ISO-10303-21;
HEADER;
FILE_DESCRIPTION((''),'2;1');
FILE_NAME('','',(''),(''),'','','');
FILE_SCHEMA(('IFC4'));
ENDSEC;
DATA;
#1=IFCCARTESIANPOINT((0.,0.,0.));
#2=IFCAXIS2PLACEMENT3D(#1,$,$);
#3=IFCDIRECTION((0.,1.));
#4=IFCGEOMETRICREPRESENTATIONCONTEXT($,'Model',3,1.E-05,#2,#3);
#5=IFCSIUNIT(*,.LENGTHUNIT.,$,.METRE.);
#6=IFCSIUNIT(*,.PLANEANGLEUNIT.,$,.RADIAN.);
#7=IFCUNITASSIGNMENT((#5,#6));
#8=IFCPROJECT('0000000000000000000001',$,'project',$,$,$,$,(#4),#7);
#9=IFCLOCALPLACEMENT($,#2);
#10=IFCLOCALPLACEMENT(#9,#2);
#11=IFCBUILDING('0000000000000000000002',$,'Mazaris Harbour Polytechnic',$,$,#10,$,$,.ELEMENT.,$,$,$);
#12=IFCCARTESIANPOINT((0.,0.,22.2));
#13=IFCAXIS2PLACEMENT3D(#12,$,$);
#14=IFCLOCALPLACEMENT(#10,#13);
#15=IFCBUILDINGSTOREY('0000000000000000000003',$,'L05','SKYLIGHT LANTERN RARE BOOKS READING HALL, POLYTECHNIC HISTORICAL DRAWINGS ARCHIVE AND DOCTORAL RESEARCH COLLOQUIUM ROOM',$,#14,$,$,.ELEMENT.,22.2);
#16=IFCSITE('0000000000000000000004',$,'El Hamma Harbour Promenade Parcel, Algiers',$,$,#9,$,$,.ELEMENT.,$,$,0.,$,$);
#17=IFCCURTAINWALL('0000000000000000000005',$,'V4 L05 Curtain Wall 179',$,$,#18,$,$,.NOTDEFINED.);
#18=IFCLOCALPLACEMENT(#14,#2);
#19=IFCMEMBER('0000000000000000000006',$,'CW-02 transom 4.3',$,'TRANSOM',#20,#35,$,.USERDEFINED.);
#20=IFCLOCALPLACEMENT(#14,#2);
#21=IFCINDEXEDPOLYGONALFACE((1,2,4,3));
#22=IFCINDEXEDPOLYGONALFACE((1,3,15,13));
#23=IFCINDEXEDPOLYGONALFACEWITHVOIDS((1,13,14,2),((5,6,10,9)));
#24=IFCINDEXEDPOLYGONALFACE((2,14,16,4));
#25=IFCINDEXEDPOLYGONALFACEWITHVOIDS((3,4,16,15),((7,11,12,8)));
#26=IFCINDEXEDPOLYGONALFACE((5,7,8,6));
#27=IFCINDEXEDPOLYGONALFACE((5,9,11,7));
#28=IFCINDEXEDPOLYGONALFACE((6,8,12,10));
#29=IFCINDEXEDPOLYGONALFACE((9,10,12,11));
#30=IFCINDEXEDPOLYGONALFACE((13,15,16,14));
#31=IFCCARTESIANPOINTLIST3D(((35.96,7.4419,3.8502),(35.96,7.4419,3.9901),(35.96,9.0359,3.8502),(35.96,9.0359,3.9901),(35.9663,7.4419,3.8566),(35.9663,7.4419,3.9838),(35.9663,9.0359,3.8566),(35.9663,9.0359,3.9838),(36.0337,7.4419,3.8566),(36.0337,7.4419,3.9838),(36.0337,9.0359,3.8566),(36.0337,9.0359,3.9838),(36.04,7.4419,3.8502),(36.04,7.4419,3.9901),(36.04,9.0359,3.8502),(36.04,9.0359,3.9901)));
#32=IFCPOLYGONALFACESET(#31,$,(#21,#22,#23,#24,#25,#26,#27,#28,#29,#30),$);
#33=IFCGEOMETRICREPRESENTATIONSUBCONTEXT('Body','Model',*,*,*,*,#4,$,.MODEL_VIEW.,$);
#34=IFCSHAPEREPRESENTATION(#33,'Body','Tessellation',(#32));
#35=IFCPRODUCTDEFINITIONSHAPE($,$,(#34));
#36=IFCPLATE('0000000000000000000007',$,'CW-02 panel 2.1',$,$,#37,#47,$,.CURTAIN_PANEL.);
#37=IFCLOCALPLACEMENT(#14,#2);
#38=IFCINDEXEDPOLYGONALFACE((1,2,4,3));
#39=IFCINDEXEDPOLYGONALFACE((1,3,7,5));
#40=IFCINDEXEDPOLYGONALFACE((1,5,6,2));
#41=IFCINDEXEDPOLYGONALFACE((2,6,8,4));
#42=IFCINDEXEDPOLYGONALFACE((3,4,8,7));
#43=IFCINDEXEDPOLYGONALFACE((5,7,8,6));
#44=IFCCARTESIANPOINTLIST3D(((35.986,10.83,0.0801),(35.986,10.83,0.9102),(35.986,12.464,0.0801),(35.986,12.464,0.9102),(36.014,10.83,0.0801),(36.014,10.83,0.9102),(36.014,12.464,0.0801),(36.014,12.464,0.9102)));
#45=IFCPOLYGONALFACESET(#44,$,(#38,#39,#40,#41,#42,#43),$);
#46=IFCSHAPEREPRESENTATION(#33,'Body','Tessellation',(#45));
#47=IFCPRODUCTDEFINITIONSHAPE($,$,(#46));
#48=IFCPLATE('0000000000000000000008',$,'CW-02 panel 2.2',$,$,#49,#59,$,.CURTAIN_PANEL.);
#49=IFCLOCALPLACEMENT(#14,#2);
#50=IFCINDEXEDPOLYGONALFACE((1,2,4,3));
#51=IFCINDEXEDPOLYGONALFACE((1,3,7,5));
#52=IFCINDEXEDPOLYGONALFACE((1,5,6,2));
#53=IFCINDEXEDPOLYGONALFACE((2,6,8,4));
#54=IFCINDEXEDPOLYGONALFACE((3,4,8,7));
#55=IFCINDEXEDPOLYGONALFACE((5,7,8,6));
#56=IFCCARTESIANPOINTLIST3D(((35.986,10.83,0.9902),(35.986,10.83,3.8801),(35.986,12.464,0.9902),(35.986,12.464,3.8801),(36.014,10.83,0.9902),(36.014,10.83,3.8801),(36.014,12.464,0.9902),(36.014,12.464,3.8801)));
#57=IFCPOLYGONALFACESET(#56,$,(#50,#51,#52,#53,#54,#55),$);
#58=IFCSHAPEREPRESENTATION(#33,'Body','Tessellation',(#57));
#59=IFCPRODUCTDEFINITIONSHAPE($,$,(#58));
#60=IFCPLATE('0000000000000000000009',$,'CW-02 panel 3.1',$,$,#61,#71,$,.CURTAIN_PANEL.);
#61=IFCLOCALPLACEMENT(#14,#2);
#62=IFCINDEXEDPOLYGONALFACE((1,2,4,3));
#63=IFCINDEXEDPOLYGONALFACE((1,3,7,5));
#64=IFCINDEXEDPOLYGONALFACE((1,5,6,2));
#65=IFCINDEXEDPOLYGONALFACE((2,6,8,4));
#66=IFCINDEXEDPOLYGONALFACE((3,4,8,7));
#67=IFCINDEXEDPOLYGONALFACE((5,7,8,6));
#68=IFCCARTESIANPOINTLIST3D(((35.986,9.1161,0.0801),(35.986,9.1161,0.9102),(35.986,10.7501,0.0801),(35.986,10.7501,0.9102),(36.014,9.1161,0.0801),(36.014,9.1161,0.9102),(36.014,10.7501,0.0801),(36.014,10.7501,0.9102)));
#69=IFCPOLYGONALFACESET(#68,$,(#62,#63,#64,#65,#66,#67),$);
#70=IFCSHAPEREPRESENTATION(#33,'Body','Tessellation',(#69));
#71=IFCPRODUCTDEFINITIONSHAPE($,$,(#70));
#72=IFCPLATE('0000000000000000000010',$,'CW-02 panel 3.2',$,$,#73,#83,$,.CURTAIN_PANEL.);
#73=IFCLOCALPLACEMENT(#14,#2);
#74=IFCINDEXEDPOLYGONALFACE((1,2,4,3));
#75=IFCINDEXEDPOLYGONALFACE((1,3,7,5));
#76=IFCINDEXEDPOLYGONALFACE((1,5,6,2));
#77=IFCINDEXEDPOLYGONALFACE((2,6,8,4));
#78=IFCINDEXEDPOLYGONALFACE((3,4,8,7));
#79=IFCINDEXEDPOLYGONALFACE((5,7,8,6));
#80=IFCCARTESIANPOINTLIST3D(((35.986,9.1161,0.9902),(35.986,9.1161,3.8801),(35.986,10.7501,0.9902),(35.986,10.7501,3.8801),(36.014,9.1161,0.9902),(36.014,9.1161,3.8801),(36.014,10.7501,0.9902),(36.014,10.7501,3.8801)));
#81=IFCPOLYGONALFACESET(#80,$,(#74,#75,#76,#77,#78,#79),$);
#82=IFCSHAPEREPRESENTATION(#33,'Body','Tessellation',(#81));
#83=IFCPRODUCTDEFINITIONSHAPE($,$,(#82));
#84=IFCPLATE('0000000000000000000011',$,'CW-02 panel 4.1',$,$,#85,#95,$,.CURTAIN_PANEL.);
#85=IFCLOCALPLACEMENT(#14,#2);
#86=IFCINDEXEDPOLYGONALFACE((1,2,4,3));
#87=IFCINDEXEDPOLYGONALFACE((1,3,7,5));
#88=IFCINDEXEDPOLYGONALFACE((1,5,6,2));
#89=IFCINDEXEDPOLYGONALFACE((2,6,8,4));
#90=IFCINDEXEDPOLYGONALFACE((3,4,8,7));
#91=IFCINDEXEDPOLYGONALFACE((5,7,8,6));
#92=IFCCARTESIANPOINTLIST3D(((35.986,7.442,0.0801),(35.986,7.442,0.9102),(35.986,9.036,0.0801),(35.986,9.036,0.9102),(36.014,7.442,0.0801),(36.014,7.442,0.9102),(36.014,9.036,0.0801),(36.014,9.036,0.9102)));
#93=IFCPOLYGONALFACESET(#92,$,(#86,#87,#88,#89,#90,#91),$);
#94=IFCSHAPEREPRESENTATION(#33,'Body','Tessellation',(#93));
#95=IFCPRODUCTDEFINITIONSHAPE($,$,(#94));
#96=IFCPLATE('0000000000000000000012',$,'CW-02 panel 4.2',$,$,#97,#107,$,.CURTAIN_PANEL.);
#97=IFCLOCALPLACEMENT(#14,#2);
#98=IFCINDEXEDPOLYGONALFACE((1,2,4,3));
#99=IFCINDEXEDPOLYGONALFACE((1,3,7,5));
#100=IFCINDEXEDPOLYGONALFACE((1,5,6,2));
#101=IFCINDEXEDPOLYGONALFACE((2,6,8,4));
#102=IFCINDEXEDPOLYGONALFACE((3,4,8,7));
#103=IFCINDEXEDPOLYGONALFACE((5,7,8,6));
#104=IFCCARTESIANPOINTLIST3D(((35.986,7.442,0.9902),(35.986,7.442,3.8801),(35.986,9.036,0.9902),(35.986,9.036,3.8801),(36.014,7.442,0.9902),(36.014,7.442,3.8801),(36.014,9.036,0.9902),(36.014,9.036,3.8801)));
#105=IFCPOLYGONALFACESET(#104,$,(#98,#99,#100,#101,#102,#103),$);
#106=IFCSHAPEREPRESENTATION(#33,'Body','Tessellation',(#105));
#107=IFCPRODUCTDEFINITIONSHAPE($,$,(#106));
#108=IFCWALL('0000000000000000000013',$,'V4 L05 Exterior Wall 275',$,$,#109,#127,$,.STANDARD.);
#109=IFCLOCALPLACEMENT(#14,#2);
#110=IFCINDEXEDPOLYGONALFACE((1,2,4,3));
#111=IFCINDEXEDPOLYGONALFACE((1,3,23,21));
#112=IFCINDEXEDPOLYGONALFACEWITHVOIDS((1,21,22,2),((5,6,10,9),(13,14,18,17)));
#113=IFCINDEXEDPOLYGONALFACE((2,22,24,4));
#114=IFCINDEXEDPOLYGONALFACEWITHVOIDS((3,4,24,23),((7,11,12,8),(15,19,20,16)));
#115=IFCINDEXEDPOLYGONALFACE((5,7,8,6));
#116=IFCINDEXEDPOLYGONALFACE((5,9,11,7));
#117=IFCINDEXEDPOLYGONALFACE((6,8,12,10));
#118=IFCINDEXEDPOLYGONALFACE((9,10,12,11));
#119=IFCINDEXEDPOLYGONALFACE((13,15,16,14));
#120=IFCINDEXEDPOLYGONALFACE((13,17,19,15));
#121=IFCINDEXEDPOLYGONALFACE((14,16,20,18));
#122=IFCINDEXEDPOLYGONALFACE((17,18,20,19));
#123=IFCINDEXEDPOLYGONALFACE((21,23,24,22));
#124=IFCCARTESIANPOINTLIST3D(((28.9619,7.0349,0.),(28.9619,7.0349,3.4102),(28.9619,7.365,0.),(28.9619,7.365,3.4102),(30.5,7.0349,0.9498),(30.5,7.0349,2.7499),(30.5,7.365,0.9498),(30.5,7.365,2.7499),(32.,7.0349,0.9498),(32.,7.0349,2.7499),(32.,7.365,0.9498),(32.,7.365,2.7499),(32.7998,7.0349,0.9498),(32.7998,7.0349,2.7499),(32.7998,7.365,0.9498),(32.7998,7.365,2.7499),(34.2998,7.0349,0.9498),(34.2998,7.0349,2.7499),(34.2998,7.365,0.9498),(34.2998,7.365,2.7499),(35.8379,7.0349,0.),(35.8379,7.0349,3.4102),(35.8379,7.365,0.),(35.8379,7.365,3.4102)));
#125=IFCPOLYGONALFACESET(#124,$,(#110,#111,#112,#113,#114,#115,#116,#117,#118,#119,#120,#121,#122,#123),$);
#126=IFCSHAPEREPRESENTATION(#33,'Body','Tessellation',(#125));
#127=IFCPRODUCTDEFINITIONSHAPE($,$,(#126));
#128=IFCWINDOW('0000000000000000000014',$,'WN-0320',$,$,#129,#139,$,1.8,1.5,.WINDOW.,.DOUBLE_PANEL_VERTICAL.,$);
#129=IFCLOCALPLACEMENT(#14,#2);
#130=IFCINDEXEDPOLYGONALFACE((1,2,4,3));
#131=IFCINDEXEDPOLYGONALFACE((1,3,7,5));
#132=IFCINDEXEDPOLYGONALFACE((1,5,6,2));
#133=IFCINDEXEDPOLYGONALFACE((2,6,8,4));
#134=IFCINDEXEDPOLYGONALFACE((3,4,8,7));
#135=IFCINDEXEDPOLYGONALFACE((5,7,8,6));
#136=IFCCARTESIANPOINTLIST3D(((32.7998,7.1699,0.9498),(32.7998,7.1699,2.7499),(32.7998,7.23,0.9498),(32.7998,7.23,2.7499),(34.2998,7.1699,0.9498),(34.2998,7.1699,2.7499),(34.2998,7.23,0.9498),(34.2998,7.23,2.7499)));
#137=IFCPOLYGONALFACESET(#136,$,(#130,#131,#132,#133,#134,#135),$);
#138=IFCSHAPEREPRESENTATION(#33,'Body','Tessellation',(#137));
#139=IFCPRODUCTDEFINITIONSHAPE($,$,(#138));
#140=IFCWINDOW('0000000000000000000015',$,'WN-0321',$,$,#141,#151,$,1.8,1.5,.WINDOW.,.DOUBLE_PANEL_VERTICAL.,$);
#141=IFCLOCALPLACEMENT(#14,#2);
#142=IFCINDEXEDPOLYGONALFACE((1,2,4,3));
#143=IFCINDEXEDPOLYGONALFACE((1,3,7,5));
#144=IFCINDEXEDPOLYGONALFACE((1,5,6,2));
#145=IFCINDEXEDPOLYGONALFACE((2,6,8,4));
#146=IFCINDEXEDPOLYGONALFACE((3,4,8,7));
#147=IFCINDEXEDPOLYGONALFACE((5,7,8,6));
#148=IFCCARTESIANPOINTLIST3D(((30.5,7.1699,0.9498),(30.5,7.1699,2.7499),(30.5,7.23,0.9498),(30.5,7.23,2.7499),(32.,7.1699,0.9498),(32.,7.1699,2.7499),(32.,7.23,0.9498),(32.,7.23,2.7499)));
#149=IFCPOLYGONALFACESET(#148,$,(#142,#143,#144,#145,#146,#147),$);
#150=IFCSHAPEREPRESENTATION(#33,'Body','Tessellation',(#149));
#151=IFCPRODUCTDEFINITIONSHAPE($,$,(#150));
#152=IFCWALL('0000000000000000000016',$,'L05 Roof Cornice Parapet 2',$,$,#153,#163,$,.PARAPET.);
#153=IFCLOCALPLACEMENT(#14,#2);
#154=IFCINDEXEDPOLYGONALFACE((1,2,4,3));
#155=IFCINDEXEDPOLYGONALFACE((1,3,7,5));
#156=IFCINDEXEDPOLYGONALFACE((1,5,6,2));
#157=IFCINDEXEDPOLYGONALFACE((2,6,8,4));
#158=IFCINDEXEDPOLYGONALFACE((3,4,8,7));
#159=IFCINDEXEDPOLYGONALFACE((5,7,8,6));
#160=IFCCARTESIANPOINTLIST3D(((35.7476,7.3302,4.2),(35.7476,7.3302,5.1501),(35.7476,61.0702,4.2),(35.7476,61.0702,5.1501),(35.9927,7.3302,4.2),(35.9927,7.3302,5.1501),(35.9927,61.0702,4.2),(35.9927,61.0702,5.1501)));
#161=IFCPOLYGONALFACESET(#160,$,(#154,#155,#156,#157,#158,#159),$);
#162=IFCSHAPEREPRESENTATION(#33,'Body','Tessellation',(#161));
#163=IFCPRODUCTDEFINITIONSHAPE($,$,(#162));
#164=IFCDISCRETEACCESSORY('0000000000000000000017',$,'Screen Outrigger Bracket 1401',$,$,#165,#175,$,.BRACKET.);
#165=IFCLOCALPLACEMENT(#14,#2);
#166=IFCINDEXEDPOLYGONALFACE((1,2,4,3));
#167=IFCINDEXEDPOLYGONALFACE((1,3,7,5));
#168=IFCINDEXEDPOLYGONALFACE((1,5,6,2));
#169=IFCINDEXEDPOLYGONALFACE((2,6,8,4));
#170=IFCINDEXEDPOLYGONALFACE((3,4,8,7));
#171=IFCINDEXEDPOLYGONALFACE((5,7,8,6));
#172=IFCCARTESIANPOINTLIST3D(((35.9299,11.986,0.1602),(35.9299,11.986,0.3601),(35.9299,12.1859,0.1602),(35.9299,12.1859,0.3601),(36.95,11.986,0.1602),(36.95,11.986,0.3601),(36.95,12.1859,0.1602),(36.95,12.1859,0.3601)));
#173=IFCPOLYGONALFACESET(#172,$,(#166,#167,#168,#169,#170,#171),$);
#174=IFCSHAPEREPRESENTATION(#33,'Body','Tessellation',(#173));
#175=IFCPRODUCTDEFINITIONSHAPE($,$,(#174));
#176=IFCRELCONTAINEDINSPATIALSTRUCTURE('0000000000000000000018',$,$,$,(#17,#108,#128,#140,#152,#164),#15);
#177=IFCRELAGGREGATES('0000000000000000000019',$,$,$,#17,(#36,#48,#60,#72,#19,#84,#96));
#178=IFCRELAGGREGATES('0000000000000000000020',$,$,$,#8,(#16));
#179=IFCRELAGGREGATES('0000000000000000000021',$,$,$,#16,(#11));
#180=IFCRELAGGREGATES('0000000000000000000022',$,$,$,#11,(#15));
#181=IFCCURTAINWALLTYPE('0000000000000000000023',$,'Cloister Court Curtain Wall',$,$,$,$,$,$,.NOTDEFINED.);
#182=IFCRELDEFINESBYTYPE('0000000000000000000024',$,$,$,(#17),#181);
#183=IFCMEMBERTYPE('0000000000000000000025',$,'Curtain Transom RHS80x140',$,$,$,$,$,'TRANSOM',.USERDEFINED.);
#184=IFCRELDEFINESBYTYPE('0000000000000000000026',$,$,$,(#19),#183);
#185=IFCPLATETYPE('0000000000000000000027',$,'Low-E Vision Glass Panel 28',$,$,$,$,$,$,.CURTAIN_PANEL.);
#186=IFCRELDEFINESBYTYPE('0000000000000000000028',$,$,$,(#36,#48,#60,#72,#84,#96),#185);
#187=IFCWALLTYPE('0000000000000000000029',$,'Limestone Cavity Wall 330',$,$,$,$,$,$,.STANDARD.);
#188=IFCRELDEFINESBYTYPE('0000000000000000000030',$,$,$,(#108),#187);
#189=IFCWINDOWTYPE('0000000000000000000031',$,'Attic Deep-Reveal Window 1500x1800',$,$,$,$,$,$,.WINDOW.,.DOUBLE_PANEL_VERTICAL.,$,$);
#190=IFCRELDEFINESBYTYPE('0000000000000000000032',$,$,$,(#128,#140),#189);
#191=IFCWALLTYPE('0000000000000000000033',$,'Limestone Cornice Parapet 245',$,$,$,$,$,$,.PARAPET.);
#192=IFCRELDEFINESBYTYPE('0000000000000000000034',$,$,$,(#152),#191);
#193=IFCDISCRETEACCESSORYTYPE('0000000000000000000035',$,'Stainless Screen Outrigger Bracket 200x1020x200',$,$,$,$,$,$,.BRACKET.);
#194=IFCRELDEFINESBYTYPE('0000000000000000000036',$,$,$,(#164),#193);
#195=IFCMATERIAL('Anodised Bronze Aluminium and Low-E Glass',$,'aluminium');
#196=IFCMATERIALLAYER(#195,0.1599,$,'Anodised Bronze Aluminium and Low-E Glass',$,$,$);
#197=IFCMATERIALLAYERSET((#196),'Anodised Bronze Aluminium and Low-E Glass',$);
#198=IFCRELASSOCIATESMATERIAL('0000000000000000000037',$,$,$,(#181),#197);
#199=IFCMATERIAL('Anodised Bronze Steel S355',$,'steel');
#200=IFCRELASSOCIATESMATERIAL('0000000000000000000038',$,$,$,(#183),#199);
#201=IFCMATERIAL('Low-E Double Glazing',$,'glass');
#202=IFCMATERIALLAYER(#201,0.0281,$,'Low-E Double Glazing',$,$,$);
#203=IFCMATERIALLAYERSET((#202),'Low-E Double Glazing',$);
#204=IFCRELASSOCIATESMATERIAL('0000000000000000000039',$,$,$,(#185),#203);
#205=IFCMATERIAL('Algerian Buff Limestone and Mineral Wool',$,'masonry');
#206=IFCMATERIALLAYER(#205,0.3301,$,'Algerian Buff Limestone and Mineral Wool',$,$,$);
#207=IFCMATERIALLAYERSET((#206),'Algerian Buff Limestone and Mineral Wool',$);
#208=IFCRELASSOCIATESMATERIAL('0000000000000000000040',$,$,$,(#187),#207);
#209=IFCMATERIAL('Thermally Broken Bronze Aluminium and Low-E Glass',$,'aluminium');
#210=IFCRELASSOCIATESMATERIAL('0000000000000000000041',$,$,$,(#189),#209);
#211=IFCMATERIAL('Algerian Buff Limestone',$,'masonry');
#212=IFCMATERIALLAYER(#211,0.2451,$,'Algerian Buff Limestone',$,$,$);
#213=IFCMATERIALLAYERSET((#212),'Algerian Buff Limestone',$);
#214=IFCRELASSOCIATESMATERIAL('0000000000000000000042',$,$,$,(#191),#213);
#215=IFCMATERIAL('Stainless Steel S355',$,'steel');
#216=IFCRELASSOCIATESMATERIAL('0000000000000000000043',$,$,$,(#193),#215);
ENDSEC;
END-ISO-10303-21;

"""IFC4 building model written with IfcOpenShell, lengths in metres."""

from ifc_helpers import new_model, si_unit, direction, frame, frame_2d, origin, origin_2d, place, context, subcontext, project, spatial, rectangle, hollow_rectangle, extrude, material, layer, layer_set, material_profile, profile_set, type_object, element, fill, aggregate, save


model = new_model("IFC4")

# Units and contexts
model_context = context("Model", 3, precision=1e-05, world=origin(), true_north=direction((0.0, 1.0)))
body_context = subcontext(model_context, "Body", "Model", "MODEL_VIEW")
ifc_project = project(units=[si_unit("LENGTHUNIT", "METRE"), si_unit("PLANEANGLEUNIT", "RADIAN")], contexts=[model_context])

# Site, building, storey
site_placement = place(None, origin())
site = spatial("IfcSite", under=ifc_project, at=site_placement, Name="El Hamma Harbour Promenade Parcel, Algiers", CompositionType="ELEMENT", RefElevation=0.0)
building_placement = place(site_placement, origin())
building = spatial("IfcBuilding", under=site, at=building_placement, Name="Mazaris Harbour Polytechnic", CompositionType="ELEMENT")
storey_placement = place(building_placement, frame((0.0, 0.0, 22.2)))
storey = spatial("IfcBuildingStorey", under=building, at=storey_placement, Name="L05", Description="SKYLIGHT LANTERN RARE BOOKS READING HALL, POLYTECHNIC HISTORICAL DRAWINGS ARCHIVE AND DOCTORAL RESEARCH COLLOQUIUM ROOM", CompositionType="ELEMENT", Elevation=22.2)

# Curtain wall, member, plates
ifc_material_1 = material(Name="Anodised Bronze Aluminium and Low-E Glass", Category="aluminium")
ifc_layer_1 = layer(ifc_material_1, 0.1599, Name="Anodised Bronze Aluminium and Low-E Glass")
ifc_layer_set_1 = layer_set([ifc_layer_1], Name="Anodised Bronze Aluminium and Low-E Glass")
curtain_wall_type = type_object("IfcCurtainWallType", Name="Cloister Court Curtain Wall", PredefinedType="NOTDEFINED", material=ifc_layer_set_1)
curtain_wall_placement = place(storey_placement, origin())
curtain_wall = element("IfcCurtainWall", 1, at=curtain_wall_placement, inside=storey, type_object=curtain_wall_type, Name="V4 L05 Curtain Wall 179", PredefinedType="NOTDEFINED")
ifc_material_2 = material(Name="Anodised Bronze Steel S355", Category="steel")
ifc_material_profile_1 = material_profile(ifc_material_2, hollow_rectangle(XDim=0.0801, YDim=0.1399, WallThickness=0.0063, at=origin_2d()), Name="RHS 80x140x6.3")
ifc_profile_set_1 = profile_set([ifc_material_profile_1], Name="Anodised Bronze Steel S355")
member_type_1 = type_object("IfcMemberType", Name="Curtain Transom RHS80x140", ElementType="TRANSOM", PredefinedType="USERDEFINED", material=ifc_profile_set_1)
member_1_placement = place(storey_placement, frame((36.0, 9.0359, 3.9202), z_axis=(0.0, -1.0, 0.0), x_axis=(1.0, 0.0, 0.0)))
member_1 = element("IfcMember", 2, at=member_1_placement, type_object=member_type_1, Name="CW-02 transom 4.3", ObjectType="TRANSOM", PredefinedType="USERDEFINED", context=body_context, shape_type="SweptSolid", body=[
    extrude(hollow_rectangle(XDim=0.0801, YDim=0.1399, WallThickness=0.0063, at=origin_2d()), origin(), (0.0, 0.0, 1.0), 1.594),
])
ifc_material_3 = material(Name="Low-E Double Glazing", Category="glass")
ifc_layer_2 = layer(ifc_material_3, 0.0281, Name="Low-E Double Glazing")
ifc_layer_set_2 = layer_set([ifc_layer_2], Name="Low-E Double Glazing")
plate_type = type_object("IfcPlateType", Name="Low-E Vision Glass Panel 28", PredefinedType="CURTAIN_PANEL", material=ifc_layer_set_2)
plate_1_placement = place(storey_placement, frame((36.0, 11.647, 0.0801), z_axis=(0.0, 0.0, 1.0), x_axis=(0.0, -1.0, 0.0)))
plate_1 = element("IfcPlate", 3, at=plate_1_placement, type_object=plate_type, Name="CW-02 panel 2.1", PredefinedType="CURTAIN_PANEL", context=body_context, shape_type="SweptSolid", body=[
    extrude(rectangle(XDim=1.634, YDim=0.0281, at=origin_2d()), origin(), (0.0, 0.0, 1.0), 0.8301),
])
plate_2_placement = place(storey_placement, frame((36.0, 11.647, 0.9902), z_axis=(0.0, 0.0, 1.0), x_axis=(0.0, -1.0, 0.0)))
plate_2 = element("IfcPlate", 4, at=plate_2_placement, type_object=plate_type, Name="CW-02 panel 2.2", PredefinedType="CURTAIN_PANEL", context=body_context, shape_type="SweptSolid", body=[
    extrude(rectangle(XDim=1.634, YDim=0.0281, at=origin_2d()), origin(), (0.0, 0.0, 1.0), 2.8899),
])
plate_3_placement = place(storey_placement, frame((36.0, 9.9331, 0.0801), z_axis=(0.0, 0.0, 1.0), x_axis=(0.0, -1.0, 0.0)))
plate_3 = element("IfcPlate", 5, at=plate_3_placement, type_object=plate_type, Name="CW-02 panel 3.1", PredefinedType="CURTAIN_PANEL", context=body_context, shape_type="SweptSolid", body=[
    extrude(rectangle(XDim=1.634, YDim=0.0281, at=origin_2d()), origin(), (0.0, 0.0, 1.0), 0.8301),
])
plate_4_placement = place(storey_placement, frame((36.0, 9.9331, 0.9902), z_axis=(0.0, 0.0, 1.0), x_axis=(0.0, -1.0, 0.0)))
plate_4 = element("IfcPlate", 6, at=plate_4_placement, type_object=plate_type, Name="CW-02 panel 3.2", PredefinedType="CURTAIN_PANEL", context=body_context, shape_type="SweptSolid", body=[
    extrude(rectangle(XDim=1.634, YDim=0.0281, at=origin_2d()), origin(), (0.0, 0.0, 1.0), 2.8899),
])
plate_5_placement = place(storey_placement, frame((36.0, 8.239, 0.0801), z_axis=(0.0, 0.0, 1.0), x_axis=(0.0, -1.0, 0.0)))
plate_5 = element("IfcPlate", 7, at=plate_5_placement, type_object=plate_type, Name="CW-02 panel 4.1", PredefinedType="CURTAIN_PANEL", context=body_context, shape_type="SweptSolid", body=[
    extrude(rectangle(XDim=1.594, YDim=0.0281, at=origin_2d()), origin(), (0.0, 0.0, 1.0), 0.8301),
])
plate_6_placement = place(storey_placement, frame((36.0, 8.239, 0.9902), z_axis=(0.0, 0.0, 1.0), x_axis=(0.0, -1.0, 0.0)))
plate_6 = element("IfcPlate", 8, at=plate_6_placement, type_object=plate_type, Name="CW-02 panel 4.2", PredefinedType="CURTAIN_PANEL", context=body_context, shape_type="SweptSolid", body=[
    extrude(rectangle(XDim=1.594, YDim=0.0281, at=origin_2d()), origin(), (0.0, 0.0, 1.0), 2.8899),
])
aggregate(curtain_wall, [plate_1, plate_2, plate_3, plate_4, member_1, plate_5, plate_6])

# Wall, openings, windows
ifc_material_4 = material(Name="Algerian Buff Limestone and Mineral Wool", Category="masonry")
ifc_layer_3 = layer(ifc_material_4, 0.3301, Name="Algerian Buff Limestone and Mineral Wool")
ifc_layer_set_3 = layer_set([ifc_layer_3], Name="Algerian Buff Limestone and Mineral Wool")
wall_type_1 = type_object("IfcWallType", Name="Limestone Cavity Wall 330", PredefinedType="STANDARD", material=ifc_layer_set_3)
wall_1_placement = place(storey_placement, frame((35.8379, 7.2, 0.0), z_axis=(0.0, 0.0, 1.0), x_axis=(-1.0, 0.0, 0.0)))
wall_1 = element("IfcWall", 9, at=wall_1_placement, inside=storey, type_object=wall_type_1, Name="V4 L05 Exterior Wall 275", PredefinedType="STANDARD", context=body_context, shape_type="SweptSolid", body=[
    extrude(rectangle(XDim=6.876, YDim=0.3301, at=frame_2d((3.438, 0.0))), origin(), (0.0, 0.0, 1.0), 3.4102),
])
opening_1_placement = place(wall_1_placement, frame((1.5381, 0.0, 0.95)))
opening_1 = element("IfcOpeningElement", 10, at=opening_1_placement, cuts=wall_1, PredefinedType="OPENING", context=body_context, shape_type="SweptSolid", body=[
    extrude(rectangle(XDim=1.5, YDim=1.8, at=frame_2d((0.75, 0.8999))), frame((0.0, 0.175, 0.0), z_axis=(0.0, -1.0, 0.0), x_axis=(1.0, 0.0, 0.0)), (0.0, 0.0, 1.0), 0.3501),
])
opening_2_placement = place(wall_1_placement, frame((3.8379, 0.0, 0.95)))
opening_2 = element("IfcOpeningElement", 11, at=opening_2_placement, cuts=wall_1, PredefinedType="OPENING", context=body_context, shape_type="SweptSolid", body=[
    extrude(rectangle(XDim=1.5, YDim=1.8, at=frame_2d((0.75, 0.8999))), frame((0.0, 0.175, 0.0), z_axis=(0.0, -1.0, 0.0), x_axis=(1.0, 0.0, 0.0)), (0.0, 0.0, 1.0), 0.3501),
])
ifc_material_5 = material(Name="Thermally Broken Bronze Aluminium and Low-E Glass", Category="aluminium")
window_type = type_object("IfcWindowType", Name="Attic Deep-Reveal Window 1500x1800", PartitioningType="DOUBLE_PANEL_VERTICAL", PredefinedType="WINDOW", material=ifc_material_5)
window_1_placement = place(opening_1_placement, origin())
window_1 = element("IfcWindow", 12, at=window_1_placement, inside=storey, type_object=window_type, Name="WN-0320", OverallHeight=1.8, OverallWidth=1.5, PartitioningType="DOUBLE_PANEL_VERTICAL", PredefinedType="WINDOW", context=body_context, shape_type="SweptSolid", body=[
    extrude(rectangle(XDim=1.5, YDim=1.8, at=frame_2d((0.75, 0.8999))), frame((0.0, 0.03, 0.0), z_axis=(0.0, -1.0, 0.0), x_axis=(1.0, 0.0, 0.0)), (0.0, 0.0, 1.0), 0.0601),
])
fill(opening_1, window_1)
window_2_placement = place(opening_2_placement, origin())
window_2 = element("IfcWindow", 13, at=window_2_placement, inside=storey, type_object=window_type, Name="WN-0321", OverallHeight=1.8, OverallWidth=1.5, PartitioningType="DOUBLE_PANEL_VERTICAL", PredefinedType="WINDOW", context=body_context, shape_type="SweptSolid", body=[
    extrude(rectangle(XDim=1.5, YDim=1.8, at=frame_2d((0.75, 0.8999))), frame((0.0, 0.03, 0.0), z_axis=(0.0, -1.0, 0.0), x_axis=(1.0, 0.0, 0.0)), (0.0, 0.0, 1.0), 0.0601),
])
fill(opening_2, window_2)

# Wall
ifc_material_6 = material(Name="Algerian Buff Limestone", Category="masonry")
ifc_layer_4 = layer(ifc_material_6, 0.2451, Name="Algerian Buff Limestone")
ifc_layer_set_4 = layer_set([ifc_layer_4], Name="Algerian Buff Limestone")
wall_type_2 = type_object("IfcWallType", Name="Limestone Cornice Parapet 245", PredefinedType="PARAPET", material=ifc_layer_set_4)
wall_2_placement = place(storey_placement, frame((35.8701, 7.3301, 4.2), z_axis=(0.0, 0.0, 1.0), x_axis=(0.0, 1.0, 0.0)))
element("IfcWall", 14, at=wall_2_placement, inside=storey, type_object=wall_type_2, Name="L05 Roof Cornice Parapet 2", PredefinedType="PARAPET", context=body_context, shape_type="SweptSolid", body=[
    extrude(rectangle(XDim=53.74, YDim=0.2451, at=frame_2d((26.8701, 0.0))), origin(), (0.0, 0.0, 1.0), 0.9502),
])

# Discrete accessory
ifc_material_7 = material(Name="Stainless Steel S355", Category="steel")
discrete_accessory_type = type_object("IfcDiscreteAccessoryType", Name="Stainless Screen Outrigger Bracket 200x1020x200", PredefinedType="BRACKET", material=ifc_material_7)
for number, where, z_axis, x_axis, name in (
    (15, (36.4399, 12.0859, 0.1602), (0.0, 0.0, 1.0), (0.0, -1.0, 0.0), "Screen Outrigger Bracket 1401"),
):
    element("IfcDiscreteAccessory", number, at=place(storey_placement, frame(where, z_axis=z_axis, x_axis=x_axis)), inside=storey, type_object=discrete_accessory_type, Name=name, PredefinedType="BRACKET", context=body_context, shape_type="SweptSolid", body=[
        extrude(rectangle(XDim=0.2, YDim=1.02, at=origin_2d()), origin(), (0.0, 0.0, 1.0), 0.2),
    ])

save(model, "model.ifc")
